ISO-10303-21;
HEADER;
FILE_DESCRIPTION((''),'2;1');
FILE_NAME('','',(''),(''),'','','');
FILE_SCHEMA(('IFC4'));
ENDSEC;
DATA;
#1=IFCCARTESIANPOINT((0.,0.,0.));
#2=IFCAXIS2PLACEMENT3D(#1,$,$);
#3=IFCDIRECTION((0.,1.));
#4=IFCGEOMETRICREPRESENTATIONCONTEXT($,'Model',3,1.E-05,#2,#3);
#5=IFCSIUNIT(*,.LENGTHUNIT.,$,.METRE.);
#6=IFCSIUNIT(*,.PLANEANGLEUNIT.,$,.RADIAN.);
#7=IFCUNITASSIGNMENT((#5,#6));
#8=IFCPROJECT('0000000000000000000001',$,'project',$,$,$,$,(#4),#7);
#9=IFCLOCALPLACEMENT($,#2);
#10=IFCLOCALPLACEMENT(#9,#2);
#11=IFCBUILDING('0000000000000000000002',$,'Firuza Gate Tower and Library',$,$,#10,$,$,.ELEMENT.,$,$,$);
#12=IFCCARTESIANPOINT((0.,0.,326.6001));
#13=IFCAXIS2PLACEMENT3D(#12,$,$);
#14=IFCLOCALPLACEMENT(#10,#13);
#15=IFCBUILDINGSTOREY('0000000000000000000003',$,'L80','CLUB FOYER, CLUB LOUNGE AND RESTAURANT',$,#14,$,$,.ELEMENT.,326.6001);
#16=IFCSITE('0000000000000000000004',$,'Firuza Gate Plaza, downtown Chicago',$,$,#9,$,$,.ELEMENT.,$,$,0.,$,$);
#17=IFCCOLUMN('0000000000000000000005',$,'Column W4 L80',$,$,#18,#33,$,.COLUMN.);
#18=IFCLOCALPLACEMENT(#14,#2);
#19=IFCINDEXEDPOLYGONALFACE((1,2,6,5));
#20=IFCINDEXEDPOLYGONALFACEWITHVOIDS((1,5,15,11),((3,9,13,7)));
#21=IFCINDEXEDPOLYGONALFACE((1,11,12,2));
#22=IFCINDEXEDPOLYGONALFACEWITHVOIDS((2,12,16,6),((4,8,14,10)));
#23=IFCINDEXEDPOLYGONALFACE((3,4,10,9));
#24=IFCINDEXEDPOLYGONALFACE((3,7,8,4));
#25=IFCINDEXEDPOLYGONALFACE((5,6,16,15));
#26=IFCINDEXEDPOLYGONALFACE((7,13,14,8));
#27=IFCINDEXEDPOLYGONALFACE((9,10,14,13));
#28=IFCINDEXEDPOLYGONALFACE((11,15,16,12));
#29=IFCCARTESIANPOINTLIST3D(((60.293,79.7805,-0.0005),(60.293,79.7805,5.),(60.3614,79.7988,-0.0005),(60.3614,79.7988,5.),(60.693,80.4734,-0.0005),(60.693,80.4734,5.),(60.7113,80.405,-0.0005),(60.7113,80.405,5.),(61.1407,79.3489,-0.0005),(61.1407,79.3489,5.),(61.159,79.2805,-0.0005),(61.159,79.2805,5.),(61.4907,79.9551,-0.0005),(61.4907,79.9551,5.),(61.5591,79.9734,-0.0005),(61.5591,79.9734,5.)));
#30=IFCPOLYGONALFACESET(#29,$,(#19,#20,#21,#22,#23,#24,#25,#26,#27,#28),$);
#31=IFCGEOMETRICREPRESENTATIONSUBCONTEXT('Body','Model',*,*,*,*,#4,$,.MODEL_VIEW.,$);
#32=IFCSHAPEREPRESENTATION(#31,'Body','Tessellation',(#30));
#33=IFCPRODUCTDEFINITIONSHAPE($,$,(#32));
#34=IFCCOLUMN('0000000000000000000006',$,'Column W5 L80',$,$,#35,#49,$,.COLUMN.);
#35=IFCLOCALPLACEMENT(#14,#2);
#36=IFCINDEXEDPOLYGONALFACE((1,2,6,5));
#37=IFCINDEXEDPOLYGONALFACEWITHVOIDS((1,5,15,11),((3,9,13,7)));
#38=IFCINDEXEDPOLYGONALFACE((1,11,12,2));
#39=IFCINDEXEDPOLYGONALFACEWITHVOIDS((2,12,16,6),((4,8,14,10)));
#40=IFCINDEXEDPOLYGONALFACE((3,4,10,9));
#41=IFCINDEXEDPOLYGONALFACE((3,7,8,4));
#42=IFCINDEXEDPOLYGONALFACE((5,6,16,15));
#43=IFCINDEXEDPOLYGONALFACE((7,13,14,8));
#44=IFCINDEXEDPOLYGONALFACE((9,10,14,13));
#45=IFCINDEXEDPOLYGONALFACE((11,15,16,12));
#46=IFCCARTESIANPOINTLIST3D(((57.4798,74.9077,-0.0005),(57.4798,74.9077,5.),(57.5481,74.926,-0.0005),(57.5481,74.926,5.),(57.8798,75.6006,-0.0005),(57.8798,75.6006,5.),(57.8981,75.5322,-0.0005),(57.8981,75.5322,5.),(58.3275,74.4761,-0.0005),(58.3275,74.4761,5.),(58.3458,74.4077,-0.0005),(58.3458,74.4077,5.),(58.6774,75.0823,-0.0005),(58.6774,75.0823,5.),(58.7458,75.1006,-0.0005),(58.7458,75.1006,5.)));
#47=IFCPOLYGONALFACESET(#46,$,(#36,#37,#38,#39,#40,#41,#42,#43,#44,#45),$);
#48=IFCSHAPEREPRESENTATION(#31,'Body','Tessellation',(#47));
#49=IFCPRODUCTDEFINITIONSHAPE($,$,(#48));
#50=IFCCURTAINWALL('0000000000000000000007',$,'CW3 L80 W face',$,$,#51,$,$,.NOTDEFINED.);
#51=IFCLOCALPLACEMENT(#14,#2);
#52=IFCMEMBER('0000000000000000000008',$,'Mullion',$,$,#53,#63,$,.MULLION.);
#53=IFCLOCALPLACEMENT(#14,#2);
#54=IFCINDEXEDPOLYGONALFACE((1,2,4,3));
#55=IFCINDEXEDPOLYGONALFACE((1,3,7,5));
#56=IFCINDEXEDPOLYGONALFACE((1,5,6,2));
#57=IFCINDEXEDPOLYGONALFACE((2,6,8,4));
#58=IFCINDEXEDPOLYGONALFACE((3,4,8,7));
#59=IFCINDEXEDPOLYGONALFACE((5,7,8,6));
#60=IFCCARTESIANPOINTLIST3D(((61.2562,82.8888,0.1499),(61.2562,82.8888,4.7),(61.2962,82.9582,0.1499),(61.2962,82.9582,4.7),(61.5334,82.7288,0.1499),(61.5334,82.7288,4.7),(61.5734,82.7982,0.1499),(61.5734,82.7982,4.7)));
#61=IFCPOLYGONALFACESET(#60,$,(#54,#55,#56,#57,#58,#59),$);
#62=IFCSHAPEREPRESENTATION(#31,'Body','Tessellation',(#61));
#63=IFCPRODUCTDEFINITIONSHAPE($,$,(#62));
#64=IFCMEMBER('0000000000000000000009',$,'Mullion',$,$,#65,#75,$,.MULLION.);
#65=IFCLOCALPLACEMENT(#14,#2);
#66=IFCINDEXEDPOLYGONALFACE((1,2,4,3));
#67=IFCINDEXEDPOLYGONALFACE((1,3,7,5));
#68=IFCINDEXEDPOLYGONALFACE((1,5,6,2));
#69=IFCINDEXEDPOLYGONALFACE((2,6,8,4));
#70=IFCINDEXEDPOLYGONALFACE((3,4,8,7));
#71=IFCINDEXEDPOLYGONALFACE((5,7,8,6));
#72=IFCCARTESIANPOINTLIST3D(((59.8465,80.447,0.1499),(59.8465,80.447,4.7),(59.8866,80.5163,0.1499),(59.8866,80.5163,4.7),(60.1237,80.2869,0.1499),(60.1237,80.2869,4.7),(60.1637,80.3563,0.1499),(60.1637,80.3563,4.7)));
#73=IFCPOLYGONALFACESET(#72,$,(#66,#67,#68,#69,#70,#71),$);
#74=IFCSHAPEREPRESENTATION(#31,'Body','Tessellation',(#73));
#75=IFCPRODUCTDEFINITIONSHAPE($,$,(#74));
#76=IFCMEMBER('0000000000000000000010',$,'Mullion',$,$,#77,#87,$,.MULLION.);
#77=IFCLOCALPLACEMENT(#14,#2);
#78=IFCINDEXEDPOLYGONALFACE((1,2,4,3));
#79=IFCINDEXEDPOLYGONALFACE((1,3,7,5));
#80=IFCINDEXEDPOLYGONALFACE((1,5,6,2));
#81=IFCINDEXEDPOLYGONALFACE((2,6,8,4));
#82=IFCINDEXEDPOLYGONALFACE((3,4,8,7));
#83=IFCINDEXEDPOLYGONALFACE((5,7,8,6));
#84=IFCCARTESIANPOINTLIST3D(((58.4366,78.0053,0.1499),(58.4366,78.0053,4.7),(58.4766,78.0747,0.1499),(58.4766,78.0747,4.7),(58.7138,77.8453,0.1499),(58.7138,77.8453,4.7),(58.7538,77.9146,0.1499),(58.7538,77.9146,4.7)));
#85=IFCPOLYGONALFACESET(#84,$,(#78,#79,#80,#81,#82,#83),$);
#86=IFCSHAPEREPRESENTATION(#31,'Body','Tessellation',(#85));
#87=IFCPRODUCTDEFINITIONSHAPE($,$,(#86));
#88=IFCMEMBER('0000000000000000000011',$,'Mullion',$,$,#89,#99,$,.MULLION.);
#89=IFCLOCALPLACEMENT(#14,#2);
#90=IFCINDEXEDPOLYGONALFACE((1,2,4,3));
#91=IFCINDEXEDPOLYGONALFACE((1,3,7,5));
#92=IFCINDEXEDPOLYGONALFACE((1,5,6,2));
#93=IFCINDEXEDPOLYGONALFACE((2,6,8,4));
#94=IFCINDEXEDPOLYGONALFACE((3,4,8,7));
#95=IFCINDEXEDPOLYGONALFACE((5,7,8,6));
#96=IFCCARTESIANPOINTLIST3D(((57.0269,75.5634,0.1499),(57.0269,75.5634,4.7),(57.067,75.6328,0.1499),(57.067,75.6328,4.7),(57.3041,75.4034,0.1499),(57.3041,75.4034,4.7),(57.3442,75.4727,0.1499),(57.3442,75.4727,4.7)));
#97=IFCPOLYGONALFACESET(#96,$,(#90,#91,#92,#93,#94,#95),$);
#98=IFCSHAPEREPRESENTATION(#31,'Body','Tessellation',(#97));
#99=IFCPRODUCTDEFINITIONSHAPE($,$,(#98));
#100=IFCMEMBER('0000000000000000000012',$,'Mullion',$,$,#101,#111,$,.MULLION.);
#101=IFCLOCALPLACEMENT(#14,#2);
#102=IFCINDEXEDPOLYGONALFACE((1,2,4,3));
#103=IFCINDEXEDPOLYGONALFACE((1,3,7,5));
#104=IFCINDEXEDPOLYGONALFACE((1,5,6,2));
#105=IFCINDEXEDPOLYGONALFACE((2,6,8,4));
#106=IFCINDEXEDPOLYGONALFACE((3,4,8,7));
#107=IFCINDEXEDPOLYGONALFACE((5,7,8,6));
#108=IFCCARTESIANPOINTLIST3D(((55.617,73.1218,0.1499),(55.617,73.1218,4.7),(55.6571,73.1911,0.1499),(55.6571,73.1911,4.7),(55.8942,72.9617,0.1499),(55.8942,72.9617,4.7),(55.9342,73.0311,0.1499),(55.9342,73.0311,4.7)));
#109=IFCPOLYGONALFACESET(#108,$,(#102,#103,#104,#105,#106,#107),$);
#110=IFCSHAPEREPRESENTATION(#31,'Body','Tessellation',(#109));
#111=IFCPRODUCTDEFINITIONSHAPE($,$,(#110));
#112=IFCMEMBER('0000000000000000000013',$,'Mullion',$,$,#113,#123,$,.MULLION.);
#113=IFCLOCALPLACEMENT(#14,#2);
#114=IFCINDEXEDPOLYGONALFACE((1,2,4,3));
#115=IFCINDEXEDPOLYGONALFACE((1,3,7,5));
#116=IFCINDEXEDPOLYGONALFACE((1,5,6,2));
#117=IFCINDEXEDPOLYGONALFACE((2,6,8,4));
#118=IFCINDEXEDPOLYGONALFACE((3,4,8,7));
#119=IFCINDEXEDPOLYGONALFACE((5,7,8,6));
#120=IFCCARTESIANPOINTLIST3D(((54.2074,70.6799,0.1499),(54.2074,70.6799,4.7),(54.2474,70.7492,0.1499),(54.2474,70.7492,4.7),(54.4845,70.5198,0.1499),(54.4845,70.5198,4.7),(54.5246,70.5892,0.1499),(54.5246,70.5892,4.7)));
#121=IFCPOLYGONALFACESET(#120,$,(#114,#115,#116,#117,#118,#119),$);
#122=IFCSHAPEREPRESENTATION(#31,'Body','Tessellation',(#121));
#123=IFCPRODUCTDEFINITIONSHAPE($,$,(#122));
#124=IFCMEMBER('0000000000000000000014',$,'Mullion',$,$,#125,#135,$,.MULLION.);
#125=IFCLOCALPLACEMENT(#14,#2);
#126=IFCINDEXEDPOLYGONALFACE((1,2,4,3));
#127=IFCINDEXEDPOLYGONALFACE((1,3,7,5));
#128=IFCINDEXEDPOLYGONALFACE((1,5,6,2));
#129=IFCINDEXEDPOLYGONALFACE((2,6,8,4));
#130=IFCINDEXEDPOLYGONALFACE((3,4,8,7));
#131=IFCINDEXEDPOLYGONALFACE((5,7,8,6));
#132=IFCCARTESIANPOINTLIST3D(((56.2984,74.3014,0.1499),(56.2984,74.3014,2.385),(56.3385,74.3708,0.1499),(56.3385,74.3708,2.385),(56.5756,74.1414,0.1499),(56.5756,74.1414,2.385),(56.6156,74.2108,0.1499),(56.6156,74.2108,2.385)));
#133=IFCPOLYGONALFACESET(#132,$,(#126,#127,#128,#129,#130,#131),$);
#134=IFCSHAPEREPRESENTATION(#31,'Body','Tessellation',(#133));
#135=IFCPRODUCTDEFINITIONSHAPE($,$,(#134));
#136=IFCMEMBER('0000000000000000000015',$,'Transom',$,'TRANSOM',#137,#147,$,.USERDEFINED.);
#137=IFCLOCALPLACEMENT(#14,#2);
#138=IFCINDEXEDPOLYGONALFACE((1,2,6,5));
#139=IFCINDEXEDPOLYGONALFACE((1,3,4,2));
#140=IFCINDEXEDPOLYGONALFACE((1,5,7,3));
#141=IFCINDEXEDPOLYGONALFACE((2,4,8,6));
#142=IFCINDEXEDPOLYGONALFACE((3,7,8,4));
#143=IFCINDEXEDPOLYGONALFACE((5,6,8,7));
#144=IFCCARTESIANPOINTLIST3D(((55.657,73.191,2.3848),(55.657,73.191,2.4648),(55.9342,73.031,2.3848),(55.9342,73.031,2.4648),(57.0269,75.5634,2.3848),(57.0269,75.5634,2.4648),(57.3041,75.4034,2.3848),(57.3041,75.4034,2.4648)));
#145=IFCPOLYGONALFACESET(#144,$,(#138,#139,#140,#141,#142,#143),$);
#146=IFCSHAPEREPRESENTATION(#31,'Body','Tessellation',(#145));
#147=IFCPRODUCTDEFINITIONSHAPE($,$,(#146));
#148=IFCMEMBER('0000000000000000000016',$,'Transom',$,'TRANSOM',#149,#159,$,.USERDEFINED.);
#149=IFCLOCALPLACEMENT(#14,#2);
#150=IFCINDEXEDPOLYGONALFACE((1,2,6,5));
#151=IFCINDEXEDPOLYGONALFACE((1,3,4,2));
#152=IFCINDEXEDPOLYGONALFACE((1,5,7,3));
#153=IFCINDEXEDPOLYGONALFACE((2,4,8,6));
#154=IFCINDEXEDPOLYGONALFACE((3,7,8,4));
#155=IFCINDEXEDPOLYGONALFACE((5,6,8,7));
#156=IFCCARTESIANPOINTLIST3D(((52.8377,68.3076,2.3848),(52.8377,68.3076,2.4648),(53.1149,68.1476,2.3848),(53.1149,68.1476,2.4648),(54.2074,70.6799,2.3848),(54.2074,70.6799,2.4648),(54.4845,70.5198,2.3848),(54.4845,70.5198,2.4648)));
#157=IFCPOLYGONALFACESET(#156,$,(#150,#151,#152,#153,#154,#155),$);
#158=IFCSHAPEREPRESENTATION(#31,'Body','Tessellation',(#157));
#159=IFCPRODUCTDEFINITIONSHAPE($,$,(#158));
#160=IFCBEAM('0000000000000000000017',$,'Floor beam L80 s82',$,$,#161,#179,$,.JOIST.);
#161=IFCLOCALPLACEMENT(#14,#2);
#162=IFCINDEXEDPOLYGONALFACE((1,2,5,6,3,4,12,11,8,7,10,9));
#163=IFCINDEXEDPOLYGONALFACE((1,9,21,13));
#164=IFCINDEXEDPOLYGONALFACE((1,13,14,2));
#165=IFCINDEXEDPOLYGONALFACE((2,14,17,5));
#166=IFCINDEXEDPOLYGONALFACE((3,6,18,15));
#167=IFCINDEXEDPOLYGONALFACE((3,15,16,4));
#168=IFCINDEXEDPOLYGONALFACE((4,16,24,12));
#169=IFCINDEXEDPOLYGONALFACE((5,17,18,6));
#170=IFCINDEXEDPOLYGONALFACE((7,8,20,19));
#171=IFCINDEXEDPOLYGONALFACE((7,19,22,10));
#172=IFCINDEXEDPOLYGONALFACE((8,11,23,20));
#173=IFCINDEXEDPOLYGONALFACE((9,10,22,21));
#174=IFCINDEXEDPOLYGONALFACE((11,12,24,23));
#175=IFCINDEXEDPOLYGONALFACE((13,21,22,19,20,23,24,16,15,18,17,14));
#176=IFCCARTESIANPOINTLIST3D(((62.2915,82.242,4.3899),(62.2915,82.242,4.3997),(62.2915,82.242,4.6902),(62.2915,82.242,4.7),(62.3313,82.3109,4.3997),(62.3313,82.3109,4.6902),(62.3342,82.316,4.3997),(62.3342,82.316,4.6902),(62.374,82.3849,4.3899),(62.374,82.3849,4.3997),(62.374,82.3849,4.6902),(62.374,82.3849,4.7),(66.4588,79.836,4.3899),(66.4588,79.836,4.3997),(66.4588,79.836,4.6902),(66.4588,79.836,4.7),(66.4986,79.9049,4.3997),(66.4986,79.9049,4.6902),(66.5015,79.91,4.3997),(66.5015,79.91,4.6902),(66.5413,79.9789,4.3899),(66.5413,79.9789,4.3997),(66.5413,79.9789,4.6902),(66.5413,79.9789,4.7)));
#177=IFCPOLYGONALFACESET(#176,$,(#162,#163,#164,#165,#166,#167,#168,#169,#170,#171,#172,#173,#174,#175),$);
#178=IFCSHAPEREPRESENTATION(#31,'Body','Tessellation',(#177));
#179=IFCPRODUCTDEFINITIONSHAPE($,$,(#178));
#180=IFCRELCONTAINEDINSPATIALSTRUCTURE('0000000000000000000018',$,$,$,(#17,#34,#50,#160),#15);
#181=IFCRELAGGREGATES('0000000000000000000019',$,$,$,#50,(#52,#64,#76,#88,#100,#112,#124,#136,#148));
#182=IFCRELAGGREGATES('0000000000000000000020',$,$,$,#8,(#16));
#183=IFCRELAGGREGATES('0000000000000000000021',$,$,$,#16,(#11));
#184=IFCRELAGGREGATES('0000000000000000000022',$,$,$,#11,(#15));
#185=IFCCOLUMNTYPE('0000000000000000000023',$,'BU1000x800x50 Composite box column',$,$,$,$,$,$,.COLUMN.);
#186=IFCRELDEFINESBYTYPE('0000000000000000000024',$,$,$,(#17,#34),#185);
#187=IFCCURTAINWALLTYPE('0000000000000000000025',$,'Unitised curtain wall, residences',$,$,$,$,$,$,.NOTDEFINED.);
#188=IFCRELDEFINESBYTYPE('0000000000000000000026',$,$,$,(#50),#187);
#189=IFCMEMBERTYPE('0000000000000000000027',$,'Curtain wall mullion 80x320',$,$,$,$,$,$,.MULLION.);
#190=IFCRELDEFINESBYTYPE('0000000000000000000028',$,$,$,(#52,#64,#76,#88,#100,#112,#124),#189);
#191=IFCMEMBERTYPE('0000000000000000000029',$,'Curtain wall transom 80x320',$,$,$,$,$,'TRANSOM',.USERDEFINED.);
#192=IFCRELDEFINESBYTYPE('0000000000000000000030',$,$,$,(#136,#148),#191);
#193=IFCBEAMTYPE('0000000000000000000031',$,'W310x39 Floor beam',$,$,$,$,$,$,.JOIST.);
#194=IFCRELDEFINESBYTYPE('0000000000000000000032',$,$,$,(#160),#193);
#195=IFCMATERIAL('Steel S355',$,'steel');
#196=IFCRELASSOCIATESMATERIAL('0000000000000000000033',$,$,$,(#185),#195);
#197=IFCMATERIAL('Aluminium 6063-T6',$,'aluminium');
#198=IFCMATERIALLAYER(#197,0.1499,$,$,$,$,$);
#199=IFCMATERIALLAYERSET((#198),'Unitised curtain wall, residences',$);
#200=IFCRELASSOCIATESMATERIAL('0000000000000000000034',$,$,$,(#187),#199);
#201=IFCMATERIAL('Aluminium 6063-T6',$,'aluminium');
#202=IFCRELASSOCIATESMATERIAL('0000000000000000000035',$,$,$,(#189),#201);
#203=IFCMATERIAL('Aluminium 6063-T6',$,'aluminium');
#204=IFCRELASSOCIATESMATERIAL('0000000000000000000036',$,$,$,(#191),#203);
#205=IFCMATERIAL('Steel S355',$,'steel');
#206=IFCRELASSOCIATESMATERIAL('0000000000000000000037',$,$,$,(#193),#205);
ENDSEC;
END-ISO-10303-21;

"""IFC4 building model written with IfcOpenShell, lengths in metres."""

from ifc_helpers import new_model, si_unit, direction, frame, origin, origin_2d, place, context, subcontext, project, spatial, rectangle, hollow_rectangle, i_section, extrude, material, layer, layer_set, material_profile, profile_set, type_object, element, aggregate, save


model = new_model("IFC4")

# Units and contexts
model_context = context("Model", 3, precision=1e-05, world=origin(), true_north=direction((0.0, 1.0)))
body_context = subcontext(model_context, "Body", "Model", "MODEL_VIEW")
ifc_project = project(units=[si_unit("LENGTHUNIT", "METRE"), si_unit("PLANEANGLEUNIT", "RADIAN")], contexts=[model_context])

# Site, building, storey
site_placement = place(None, origin())
site = spatial("IfcSite", under=ifc_project, at=site_placement, Name="Firuza Gate Plaza, downtown Chicago", CompositionType="ELEMENT", RefElevation=0.0)
building_placement = place(site_placement, origin())
building = spatial("IfcBuilding", under=site, at=building_placement, Name="Firuza Gate Tower and Library", CompositionType="ELEMENT")
storey_placement = place(building_placement, frame((0.0, 0.0, 326.6001)))
storey = spatial("IfcBuildingStorey", under=building, at=storey_placement, Name="L80", Description="CLUB FOYER, CLUB LOUNGE AND RESTAURANT", CompositionType="ELEMENT", Elevation=326.6001)

# Columns
ifc_material_1 = material(Name="Steel S355", Category="steel")
ifc_material_profile_1 = material_profile(ifc_material_1, hollow_rectangle(XDim=0.8, YDim=1.0, WallThickness=0.05, at=origin_2d()))
ifc_profile_set_1 = profile_set([ifc_material_profile_1], Name="Steel S355")
column_type = type_object("IfcColumnType", Name="BU1000x800x50 Composite box column", PredefinedType="COLUMN", material=ifc_profile_set_1)
for number, where, z_axis, x_axis, name in (
    (1, (60.926, 79.877, -0.0005), (0.0, 0.0, 1.0), (-0.5, -0.866025, 0.0), "Column W4 L80"),
    (2, (58.1128, 75.0042, -0.0005), (0.0, 0.0, 1.0), (-0.5, -0.866025, 0.0), "Column W5 L80"),
):
    element("IfcColumn", number, at=place(storey_placement, frame(where, z_axis=z_axis, x_axis=x_axis)), inside=storey, type_object=column_type, Name=name, PredefinedType="COLUMN", context=body_context, shape_type="SweptSolid", body=[
        extrude(hollow_rectangle(XDim=0.8, YDim=1.0, WallThickness=0.05, at=origin_2d()), origin(), (0.0, 0.0, 1.0), 5.0005),
    ])

# Curtain wall, members
ifc_material_2 = material(Name="Aluminium 6063-T6", Category="aluminium")
ifc_layer_1 = layer(ifc_material_2, 0.1499)
ifc_layer_set_1 = layer_set([ifc_layer_1], Name="Unitised curtain wall, residences")
curtain_wall_type = type_object("IfcCurtainWallType", Name="Unitised curtain wall, residences", PredefinedType="NOTDEFINED", material=ifc_layer_set_1)
curtain_wall_placement = place(storey_placement, origin())
curtain_wall = element("IfcCurtainWall", 3, at=curtain_wall_placement, inside=storey, type_object=curtain_wall_type, Name="CW3 L80 W face", PredefinedType="NOTDEFINED")
ifc_material_3 = material(Name="Aluminium 6063-T6", Category="aluminium")
ifc_material_profile_2 = material_profile(ifc_material_3, rectangle(XDim=0.3201, YDim=0.0801, at=origin_2d()))
ifc_profile_set_2 = profile_set([ifc_material_profile_2], Name="Aluminium 6063-T6")
member_type_1 = type_object("IfcMemberType", Name="Curtain wall mullion 80x320", PredefinedType="MULLION", material=ifc_profile_set_2)
member_1_placement = place(storey_placement, frame((61.4148, 82.8435, 0.1499), z_axis=(0.0, 0.0, 1.0), x_axis=(0.866025, -0.5, 0.0)))
member_1 = element("IfcMember", 4, at=member_1_placement, type_object=member_type_1, Name="Mullion", PredefinedType="MULLION", context=body_context, shape_type="SweptSolid", body=[
    extrude(rectangle(XDim=0.3201, YDim=0.0801, at=origin_2d()), origin(), (0.0, 0.0, 1.0), 4.55),
])
member_2_placement = place(storey_placement, frame((60.0051, 80.4016, 0.1499), z_axis=(0.0, 0.0, 1.0), x_axis=(0.866025, -0.5, 0.0)))
member_2 = element("IfcMember", 5, at=member_2_placement, type_object=member_type_1, Name="Mullion", PredefinedType="MULLION", context=body_context, shape_type="SweptSolid", body=[
    extrude(rectangle(XDim=0.3201, YDim=0.0801, at=origin_2d()), origin(), (0.0, 0.0, 1.0), 4.55),
])
member_3_placement = place(storey_placement, frame((58.5952, 77.96, 0.1499), z_axis=(0.0, 0.0, 1.0), x_axis=(0.866025, -0.5, 0.0)))
member_3 = element("IfcMember", 6, at=member_3_placement, type_object=member_type_1, Name="Mullion", PredefinedType="MULLION", context=body_context, shape_type="SweptSolid", body=[
    extrude(rectangle(XDim=0.3201, YDim=0.0801, at=origin_2d()), origin(), (0.0, 0.0, 1.0), 4.55),
])
member_4_placement = place(storey_placement, frame((57.1855, 75.5181, 0.1499), z_axis=(0.0, 0.0, 1.0), x_axis=(0.866025, -0.5, 0.0)))
member_4 = element("IfcMember", 7, at=member_4_placement, type_object=member_type_1, Name="Mullion", PredefinedType="MULLION", context=body_context, shape_type="SweptSolid", body=[
    extrude(rectangle(XDim=0.3201, YDim=0.0801, at=origin_2d()), origin(), (0.0, 0.0, 1.0), 4.55),
])
member_5_placement = place(storey_placement, frame((55.7756, 73.0764, 0.1499), z_axis=(0.0, 0.0, 1.0), x_axis=(0.866025, -0.5, 0.0)))
member_5 = element("IfcMember", 8, at=member_5_placement, type_object=member_type_1, Name="Mullion", PredefinedType="MULLION", context=body_context, shape_type="SweptSolid", body=[
    extrude(rectangle(XDim=0.3201, YDim=0.0801, at=origin_2d()), origin(), (0.0, 0.0, 1.0), 4.55),
])
member_6_placement = place(storey_placement, frame((54.366, 70.6345, 0.1499), z_axis=(0.0, 0.0, 1.0), x_axis=(0.866025, -0.5, 0.0)))
member_6 = element("IfcMember", 9, at=member_6_placement, type_object=member_type_1, Name="Mullion", PredefinedType="MULLION", context=body_context, shape_type="SweptSolid", body=[
    extrude(rectangle(XDim=0.3201, YDim=0.0801, at=origin_2d()), origin(), (0.0, 0.0, 1.0), 4.55),
])
member_7_placement = place(storey_placement, frame((56.457, 74.2561, 0.1499), z_axis=(0.0, 0.0, 1.0), x_axis=(0.866025, -0.5, 0.0)))
member_7 = element("IfcMember", 10, at=member_7_placement, type_object=member_type_1, Name="Mullion", PredefinedType="MULLION", context=body_context, shape_type="SweptSolid", body=[
    extrude(rectangle(XDim=0.3201, YDim=0.0801, at=origin_2d()), origin(), (0.0, 0.0, 1.0), 2.2351),
])
ifc_material_4 = material(Name="Aluminium 6063-T6", Category="aluminium")
ifc_material_profile_3 = material_profile(ifc_material_4, rectangle(XDim=0.3201, YDim=0.0801, at=origin_2d()))
ifc_profile_set_3 = profile_set([ifc_material_profile_3], Name="Aluminium 6063-T6")
member_type_2 = type_object("IfcMemberType", Name="Curtain wall transom 80x320", ElementType="TRANSOM", PredefinedType="USERDEFINED", material=ifc_profile_set_3)
member_8_placement = place(storey_placement, frame((57.1655, 75.4834, 2.4248), z_axis=(-0.500059, -0.865991, 0.0), x_axis=(0.865991, -0.500059, 0.0)))
member_8 = element("IfcMember", 11, at=member_8_placement, type_object=member_type_2, Name="Transom", ObjectType="TRANSOM", PredefinedType="USERDEFINED", context=body_context, shape_type="SweptSolid", body=[
    extrude(rectangle(XDim=0.3201, YDim=0.0801, at=origin_2d()), origin(), (0.0, 0.0, 1.0), 2.7395),
])
member_9_placement = place(storey_placement, frame((54.3459, 70.5999, 2.4248), z_axis=(-0.499992, -0.86603, 0.0), x_axis=(0.86603, -0.499992, 0.0)))
member_9 = element("IfcMember", 12, at=member_9_placement, type_object=member_type_2, Name="Transom", ObjectType="TRANSOM", PredefinedType="USERDEFINED", context=body_context, shape_type="SweptSolid", body=[
    extrude(rectangle(XDim=0.3201, YDim=0.0801, at=origin_2d()), origin(), (0.0, 0.0, 1.0), 2.7393),
])

# Beam
ifc_material_5 = material(Name="Steel S355", Category="steel")
ifc_material_profile_4 = material_profile(ifc_material_5, i_section(OverallWidth=0.165, OverallDepth=0.3101, WebThickness=0.0059, FlangeThickness=0.0098, at=origin_2d()))
ifc_profile_set_4 = profile_set([ifc_material_profile_4], Name="Steel S355")
beam_type_1 = type_object("IfcBeamType", Name="W310x39 Floor beam", PredefinedType="JOIST", material=ifc_profile_set_4)
beam_1_placement = place(storey_placement, frame((62.3328, 82.3135, 4.5449), z_axis=(0.866021, -0.500008, 0.0), x_axis=(0.500008, 0.866021, 0.0)))
element("IfcBeam", 13, at=beam_1_placement, inside=storey, type_object=beam_type_1, Name="Floor beam L80 s82", PredefinedType="JOIST", context=body_context, shape_type="SweptSolid", body=[
    extrude(i_section(OverallWidth=0.165, OverallDepth=0.3101, WebThickness=0.0059, FlangeThickness=0.0098, at=origin_2d()), origin(), (0.0, 0.0, 1.0), 4.812),
])

aggregate(curtain_wall, [member_1, member_2, member_3, member_4, member_5, member_6, member_7, member_8, member_9])

save(model, "model.ifc")
